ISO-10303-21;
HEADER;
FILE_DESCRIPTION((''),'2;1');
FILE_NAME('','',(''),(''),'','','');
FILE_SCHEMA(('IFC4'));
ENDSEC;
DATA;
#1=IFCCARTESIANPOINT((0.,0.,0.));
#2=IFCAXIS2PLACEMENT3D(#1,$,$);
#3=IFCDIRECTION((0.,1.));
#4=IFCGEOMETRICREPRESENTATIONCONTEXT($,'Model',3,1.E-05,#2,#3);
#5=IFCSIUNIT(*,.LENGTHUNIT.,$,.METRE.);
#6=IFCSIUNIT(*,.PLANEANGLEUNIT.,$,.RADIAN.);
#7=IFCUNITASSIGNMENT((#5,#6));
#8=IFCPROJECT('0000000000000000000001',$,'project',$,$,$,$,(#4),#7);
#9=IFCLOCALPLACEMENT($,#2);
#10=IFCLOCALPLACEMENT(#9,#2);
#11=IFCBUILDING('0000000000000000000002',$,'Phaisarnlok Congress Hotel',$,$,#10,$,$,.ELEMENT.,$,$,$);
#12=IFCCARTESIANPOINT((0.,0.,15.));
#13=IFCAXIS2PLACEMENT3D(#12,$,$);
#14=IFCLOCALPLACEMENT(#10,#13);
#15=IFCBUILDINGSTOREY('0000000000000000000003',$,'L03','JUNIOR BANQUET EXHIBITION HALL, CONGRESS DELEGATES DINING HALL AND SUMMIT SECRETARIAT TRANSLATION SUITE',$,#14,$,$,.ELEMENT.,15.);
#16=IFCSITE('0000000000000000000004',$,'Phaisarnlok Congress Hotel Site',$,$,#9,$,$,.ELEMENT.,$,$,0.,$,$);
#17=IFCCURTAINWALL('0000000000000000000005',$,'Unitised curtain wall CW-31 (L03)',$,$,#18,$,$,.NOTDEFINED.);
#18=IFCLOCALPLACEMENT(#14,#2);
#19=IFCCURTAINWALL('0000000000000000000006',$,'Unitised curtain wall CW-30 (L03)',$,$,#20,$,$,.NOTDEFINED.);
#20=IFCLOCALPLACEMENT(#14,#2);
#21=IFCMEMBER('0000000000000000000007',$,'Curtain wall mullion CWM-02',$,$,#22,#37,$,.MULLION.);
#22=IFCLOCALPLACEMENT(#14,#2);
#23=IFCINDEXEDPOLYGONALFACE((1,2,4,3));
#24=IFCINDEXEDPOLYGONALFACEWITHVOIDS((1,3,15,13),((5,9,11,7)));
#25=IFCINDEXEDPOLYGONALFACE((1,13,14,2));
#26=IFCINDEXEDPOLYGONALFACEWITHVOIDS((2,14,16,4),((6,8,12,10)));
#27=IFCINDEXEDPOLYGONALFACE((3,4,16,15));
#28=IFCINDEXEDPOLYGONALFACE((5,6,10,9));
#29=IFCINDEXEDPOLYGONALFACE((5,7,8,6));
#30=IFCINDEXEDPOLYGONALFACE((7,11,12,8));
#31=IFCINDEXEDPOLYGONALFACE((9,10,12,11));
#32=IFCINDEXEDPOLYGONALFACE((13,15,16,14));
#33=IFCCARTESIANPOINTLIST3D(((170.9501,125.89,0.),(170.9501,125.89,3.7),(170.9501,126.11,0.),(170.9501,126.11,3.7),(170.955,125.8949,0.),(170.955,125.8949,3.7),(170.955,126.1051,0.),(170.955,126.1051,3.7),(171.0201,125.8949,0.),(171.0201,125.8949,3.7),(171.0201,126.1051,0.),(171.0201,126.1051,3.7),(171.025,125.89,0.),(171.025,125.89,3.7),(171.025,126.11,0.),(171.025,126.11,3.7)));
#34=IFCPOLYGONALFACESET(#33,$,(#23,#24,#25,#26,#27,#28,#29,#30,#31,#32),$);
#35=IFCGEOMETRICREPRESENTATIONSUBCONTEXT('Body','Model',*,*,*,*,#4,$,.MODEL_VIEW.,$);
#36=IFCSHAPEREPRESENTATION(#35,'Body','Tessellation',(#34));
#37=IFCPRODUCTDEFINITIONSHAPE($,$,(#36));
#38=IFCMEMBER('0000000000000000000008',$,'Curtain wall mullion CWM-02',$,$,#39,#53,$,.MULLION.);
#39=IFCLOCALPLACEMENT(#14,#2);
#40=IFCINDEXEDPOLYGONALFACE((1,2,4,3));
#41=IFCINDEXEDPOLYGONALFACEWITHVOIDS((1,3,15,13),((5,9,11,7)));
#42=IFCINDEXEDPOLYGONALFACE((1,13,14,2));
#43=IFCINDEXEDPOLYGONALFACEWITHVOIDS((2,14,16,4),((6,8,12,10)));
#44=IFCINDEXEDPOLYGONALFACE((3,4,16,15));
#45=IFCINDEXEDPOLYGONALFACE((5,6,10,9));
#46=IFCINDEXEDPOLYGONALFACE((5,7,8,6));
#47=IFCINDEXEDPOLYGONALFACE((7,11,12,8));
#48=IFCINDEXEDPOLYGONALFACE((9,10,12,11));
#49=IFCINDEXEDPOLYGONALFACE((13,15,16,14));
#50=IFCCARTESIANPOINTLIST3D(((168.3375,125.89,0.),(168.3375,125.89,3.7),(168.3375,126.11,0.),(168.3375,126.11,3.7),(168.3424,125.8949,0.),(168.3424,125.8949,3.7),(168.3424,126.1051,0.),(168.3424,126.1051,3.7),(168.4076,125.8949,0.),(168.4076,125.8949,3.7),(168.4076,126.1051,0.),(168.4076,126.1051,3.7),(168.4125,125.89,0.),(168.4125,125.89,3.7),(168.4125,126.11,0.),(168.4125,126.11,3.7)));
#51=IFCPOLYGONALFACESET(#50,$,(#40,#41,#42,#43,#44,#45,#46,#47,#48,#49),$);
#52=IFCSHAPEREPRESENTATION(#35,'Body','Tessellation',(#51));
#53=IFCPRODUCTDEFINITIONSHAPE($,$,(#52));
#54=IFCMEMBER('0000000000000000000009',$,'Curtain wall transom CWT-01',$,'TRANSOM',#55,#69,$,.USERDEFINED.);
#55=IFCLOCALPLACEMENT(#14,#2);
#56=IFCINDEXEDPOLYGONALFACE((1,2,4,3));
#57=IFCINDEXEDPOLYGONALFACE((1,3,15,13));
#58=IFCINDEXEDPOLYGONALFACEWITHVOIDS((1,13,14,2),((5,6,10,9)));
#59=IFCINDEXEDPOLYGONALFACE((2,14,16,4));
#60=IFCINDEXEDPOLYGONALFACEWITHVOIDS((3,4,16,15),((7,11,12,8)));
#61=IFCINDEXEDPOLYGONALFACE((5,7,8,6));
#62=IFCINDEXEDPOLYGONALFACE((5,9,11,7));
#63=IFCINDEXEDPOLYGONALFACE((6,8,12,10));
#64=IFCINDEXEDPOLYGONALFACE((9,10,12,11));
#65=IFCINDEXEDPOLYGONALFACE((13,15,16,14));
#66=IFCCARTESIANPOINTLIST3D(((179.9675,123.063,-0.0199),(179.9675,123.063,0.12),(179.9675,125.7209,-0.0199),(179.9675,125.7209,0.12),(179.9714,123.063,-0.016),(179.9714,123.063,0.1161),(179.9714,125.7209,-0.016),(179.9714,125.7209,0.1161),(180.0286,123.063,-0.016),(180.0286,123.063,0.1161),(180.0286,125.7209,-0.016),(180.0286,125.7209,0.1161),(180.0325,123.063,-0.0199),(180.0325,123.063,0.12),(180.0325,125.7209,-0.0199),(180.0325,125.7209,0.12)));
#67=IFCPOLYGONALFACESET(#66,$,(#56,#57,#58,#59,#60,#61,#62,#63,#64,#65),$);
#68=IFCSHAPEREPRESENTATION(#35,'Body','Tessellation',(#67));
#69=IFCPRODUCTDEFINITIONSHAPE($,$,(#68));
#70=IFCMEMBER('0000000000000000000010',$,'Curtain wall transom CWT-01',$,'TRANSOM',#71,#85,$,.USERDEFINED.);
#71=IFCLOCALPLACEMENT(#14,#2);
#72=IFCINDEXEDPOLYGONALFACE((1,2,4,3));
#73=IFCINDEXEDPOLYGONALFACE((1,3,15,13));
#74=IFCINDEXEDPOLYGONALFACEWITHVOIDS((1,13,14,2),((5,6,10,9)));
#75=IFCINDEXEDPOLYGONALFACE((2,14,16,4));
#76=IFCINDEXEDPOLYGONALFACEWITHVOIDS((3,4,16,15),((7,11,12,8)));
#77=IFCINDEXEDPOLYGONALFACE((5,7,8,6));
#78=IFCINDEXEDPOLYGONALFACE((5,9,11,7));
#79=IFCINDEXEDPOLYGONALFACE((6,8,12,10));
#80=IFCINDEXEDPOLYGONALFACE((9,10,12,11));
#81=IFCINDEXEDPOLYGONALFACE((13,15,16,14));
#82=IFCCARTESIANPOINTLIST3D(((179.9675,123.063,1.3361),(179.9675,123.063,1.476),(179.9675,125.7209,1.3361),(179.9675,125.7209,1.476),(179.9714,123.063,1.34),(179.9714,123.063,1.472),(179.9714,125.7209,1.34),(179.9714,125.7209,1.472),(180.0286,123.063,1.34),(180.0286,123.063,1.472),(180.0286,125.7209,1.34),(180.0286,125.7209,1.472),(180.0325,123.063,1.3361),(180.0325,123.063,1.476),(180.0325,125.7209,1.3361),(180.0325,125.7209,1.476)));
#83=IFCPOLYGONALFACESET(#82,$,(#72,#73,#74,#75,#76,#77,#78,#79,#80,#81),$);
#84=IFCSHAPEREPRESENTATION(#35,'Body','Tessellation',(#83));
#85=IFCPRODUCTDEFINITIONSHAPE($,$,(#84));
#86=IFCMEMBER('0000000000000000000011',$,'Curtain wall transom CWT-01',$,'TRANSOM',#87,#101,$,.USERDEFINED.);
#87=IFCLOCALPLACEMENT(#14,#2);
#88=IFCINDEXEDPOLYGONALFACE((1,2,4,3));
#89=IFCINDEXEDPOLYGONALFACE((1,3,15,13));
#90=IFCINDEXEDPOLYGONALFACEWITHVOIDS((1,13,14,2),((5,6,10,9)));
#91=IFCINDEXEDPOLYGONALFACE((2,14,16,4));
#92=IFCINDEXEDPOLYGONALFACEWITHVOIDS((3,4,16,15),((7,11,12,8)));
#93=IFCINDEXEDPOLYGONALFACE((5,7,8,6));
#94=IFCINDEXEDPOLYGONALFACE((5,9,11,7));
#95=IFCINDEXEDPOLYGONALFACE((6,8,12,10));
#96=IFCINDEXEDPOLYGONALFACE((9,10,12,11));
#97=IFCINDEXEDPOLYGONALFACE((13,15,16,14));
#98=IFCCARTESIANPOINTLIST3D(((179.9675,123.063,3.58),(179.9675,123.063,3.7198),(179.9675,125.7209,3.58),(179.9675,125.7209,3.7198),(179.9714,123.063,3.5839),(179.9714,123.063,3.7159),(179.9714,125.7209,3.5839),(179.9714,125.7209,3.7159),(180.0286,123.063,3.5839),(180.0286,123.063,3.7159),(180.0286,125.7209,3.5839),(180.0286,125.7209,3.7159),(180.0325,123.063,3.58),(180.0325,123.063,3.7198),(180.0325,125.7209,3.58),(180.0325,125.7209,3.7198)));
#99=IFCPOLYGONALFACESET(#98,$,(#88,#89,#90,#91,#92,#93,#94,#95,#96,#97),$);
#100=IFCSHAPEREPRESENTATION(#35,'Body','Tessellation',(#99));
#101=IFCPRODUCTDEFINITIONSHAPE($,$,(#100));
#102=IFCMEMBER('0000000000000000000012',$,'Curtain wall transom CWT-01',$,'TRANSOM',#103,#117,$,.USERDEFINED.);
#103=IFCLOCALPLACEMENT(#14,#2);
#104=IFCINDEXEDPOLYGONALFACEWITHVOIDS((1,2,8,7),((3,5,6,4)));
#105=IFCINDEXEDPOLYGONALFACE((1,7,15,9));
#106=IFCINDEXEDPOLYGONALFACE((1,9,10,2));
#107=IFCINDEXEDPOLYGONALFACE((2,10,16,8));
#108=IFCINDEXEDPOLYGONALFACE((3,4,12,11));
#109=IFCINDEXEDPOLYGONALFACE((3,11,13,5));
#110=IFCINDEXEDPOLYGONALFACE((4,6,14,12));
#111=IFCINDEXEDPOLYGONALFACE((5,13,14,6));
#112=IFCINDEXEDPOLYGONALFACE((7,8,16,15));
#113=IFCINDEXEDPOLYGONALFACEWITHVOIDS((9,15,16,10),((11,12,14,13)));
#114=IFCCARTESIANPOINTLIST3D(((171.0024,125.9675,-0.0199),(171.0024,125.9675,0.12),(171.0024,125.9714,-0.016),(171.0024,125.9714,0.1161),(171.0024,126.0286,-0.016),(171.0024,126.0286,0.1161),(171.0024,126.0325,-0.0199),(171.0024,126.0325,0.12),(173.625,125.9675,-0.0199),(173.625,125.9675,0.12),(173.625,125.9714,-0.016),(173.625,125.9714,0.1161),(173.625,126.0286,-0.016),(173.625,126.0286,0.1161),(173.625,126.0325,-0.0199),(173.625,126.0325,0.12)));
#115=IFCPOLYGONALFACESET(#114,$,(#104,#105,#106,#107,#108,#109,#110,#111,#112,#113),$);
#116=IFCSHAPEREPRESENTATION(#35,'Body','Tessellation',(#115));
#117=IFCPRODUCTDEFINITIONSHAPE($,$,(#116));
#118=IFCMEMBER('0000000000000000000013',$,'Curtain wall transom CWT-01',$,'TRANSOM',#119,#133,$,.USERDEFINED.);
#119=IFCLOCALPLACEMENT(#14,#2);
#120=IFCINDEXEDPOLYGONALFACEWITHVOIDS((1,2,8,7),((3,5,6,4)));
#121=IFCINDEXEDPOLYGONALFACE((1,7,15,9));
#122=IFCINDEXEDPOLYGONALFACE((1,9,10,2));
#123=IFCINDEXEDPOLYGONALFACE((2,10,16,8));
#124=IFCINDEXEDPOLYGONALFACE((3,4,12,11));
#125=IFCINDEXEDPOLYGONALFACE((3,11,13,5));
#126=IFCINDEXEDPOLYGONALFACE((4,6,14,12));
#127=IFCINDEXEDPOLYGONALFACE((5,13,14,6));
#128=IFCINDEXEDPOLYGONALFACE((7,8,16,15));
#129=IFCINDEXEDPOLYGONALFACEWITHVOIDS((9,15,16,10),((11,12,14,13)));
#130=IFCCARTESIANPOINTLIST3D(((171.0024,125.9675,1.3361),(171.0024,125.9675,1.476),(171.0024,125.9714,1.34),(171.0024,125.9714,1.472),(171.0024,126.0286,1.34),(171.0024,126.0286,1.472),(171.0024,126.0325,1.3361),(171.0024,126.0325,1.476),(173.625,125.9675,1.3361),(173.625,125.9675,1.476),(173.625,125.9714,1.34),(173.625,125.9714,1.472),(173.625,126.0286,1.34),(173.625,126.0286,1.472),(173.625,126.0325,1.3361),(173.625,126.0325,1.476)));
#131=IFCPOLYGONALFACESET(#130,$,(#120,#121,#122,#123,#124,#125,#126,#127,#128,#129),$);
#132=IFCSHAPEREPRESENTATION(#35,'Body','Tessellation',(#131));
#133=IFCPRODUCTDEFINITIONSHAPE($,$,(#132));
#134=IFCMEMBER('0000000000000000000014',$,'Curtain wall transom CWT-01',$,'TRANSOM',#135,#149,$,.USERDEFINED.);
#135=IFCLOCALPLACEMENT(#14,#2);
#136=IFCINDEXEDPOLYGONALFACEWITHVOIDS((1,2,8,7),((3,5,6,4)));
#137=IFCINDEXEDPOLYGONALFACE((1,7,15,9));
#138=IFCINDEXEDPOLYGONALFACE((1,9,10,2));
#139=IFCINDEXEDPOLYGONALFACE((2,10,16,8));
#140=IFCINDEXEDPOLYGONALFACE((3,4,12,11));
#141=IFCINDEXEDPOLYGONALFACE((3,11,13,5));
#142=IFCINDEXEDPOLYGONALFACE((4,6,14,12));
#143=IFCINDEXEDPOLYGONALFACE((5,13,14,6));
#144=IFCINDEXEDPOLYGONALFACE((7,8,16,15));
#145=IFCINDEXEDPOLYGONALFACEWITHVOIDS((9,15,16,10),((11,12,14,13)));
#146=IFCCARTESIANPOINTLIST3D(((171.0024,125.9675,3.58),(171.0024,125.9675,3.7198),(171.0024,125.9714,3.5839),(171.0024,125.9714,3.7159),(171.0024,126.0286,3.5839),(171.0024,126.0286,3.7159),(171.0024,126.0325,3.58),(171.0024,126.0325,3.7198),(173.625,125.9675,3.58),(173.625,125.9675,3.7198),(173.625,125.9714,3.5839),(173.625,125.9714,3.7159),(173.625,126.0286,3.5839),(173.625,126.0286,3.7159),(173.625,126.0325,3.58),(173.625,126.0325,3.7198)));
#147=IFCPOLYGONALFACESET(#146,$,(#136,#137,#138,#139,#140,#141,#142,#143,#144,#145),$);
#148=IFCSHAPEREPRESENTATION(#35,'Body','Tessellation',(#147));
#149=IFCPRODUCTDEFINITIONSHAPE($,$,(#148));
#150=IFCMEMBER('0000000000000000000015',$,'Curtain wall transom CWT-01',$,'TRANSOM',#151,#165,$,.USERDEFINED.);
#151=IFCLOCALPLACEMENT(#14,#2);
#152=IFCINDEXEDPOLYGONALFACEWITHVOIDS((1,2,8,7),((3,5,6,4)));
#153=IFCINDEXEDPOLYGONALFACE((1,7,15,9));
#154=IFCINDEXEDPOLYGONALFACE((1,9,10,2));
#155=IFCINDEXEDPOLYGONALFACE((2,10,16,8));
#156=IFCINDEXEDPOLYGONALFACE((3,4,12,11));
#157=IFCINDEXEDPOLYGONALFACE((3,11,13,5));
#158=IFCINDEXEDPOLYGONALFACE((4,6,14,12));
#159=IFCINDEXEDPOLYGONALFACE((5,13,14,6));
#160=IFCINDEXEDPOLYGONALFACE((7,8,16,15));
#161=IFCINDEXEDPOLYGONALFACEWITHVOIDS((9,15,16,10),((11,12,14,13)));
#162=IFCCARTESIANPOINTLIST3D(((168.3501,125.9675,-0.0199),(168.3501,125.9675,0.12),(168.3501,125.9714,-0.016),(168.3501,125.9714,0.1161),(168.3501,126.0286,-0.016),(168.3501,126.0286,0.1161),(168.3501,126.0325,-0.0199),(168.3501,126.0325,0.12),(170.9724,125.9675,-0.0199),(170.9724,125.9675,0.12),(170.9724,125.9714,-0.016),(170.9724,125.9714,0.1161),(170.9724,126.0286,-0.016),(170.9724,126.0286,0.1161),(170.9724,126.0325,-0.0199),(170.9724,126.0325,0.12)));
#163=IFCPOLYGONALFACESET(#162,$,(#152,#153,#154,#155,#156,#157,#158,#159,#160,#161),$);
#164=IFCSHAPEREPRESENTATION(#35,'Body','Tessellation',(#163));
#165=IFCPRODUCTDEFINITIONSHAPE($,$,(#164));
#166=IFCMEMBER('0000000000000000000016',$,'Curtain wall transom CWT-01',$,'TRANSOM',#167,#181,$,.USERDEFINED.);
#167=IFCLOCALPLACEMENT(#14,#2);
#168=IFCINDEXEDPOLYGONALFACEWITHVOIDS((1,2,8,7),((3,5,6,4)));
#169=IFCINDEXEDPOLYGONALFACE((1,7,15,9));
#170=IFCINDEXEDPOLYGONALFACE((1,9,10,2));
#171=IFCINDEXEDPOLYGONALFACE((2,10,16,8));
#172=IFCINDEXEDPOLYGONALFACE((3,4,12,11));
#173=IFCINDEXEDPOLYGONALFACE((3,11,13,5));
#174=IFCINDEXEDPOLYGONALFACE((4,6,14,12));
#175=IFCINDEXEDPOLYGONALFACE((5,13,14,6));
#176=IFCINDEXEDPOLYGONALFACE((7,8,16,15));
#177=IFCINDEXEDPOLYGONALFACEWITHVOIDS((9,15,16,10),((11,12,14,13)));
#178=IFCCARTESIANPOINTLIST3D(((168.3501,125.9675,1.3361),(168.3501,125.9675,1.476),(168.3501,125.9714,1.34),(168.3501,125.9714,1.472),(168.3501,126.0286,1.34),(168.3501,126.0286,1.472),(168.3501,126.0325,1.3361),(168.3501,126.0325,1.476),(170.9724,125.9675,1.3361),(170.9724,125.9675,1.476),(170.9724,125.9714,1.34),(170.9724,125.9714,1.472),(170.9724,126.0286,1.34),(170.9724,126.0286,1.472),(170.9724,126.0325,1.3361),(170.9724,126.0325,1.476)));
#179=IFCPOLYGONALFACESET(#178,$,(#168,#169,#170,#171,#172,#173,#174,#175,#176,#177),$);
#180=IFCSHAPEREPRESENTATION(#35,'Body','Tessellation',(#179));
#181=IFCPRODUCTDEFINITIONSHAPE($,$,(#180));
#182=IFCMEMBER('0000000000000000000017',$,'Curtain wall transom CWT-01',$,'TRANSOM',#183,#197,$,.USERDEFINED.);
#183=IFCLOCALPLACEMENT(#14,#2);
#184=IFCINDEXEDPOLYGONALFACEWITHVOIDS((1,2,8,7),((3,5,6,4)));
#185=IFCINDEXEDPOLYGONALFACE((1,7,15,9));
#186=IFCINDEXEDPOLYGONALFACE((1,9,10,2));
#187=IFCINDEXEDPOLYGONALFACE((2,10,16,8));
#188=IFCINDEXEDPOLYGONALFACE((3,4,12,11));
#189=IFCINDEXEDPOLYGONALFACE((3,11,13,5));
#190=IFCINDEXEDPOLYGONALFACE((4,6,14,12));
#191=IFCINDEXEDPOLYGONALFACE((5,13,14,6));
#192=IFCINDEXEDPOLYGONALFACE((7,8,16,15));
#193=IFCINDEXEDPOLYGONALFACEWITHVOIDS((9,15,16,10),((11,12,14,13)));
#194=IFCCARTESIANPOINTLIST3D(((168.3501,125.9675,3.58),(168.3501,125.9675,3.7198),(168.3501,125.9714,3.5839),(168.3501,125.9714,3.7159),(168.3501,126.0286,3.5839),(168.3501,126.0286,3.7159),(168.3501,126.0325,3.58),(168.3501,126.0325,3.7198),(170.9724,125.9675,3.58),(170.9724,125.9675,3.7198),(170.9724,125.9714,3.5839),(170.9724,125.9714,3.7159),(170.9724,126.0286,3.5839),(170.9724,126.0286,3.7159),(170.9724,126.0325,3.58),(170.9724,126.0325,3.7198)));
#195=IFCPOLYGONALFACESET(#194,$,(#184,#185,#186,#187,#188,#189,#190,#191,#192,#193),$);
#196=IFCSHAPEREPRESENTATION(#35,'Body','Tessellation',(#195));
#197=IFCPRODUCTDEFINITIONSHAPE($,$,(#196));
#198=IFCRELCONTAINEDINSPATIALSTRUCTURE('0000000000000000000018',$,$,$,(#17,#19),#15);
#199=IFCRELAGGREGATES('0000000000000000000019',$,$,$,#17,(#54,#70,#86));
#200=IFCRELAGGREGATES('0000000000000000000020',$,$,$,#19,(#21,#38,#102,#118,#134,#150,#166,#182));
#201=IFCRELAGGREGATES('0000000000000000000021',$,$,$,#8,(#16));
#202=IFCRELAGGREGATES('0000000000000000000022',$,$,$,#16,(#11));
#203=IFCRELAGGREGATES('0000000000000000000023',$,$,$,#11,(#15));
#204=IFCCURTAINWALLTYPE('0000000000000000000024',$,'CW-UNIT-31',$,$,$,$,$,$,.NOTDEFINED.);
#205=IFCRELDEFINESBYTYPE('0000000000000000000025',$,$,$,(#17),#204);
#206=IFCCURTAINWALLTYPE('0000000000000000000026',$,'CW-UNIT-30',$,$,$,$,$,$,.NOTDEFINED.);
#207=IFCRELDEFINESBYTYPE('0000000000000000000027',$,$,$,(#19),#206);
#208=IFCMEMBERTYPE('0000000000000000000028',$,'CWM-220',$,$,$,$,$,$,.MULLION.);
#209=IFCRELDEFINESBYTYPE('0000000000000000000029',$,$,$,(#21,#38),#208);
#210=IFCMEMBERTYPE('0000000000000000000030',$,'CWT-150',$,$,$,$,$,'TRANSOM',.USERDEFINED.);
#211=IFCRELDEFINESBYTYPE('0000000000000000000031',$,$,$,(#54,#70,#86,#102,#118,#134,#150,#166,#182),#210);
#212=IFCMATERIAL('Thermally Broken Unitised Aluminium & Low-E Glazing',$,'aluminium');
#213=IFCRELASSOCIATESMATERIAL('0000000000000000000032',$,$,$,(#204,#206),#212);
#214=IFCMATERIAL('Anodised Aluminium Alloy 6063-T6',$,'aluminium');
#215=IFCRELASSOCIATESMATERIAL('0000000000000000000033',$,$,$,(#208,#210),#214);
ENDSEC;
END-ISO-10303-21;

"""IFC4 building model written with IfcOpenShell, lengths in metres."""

from ifc_helpers import new_model, si_unit, direction, frame, origin, origin_2d, place, context, subcontext, project, spatial, hollow_rectangle, extrude, material, material_profile, profile_set, type_object, element, aggregate, save


model = new_model("IFC4")

# Units and contexts
model_context = context("Model", 3, precision=1e-05, world=origin(), true_north=direction((0.0, 1.0)))
body_context = subcontext(model_context, "Body", "Model", "MODEL_VIEW")
ifc_project = project(units=[si_unit("LENGTHUNIT", "METRE"), si_unit("PLANEANGLEUNIT", "RADIAN")], contexts=[model_context])

# Site, building, storey
site_placement = place(None, origin())
site = spatial("IfcSite", under=ifc_project, at=site_placement, Name="Phaisarnlok Congress Hotel Site", CompositionType="ELEMENT", RefElevation=0.0)
building_placement = place(site_placement, origin())
building = spatial("IfcBuilding", under=site, at=building_placement, Name="Phaisarnlok Congress Hotel", CompositionType="ELEMENT")
storey_placement = place(building_placement, frame((0.0, 0.0, 15.0)))
storey = spatial("IfcBuildingStorey", under=building, at=storey_placement, Name="L03", Description="JUNIOR BANQUET EXHIBITION HALL, CONGRESS DELEGATES DINING HALL AND SUMMIT SECRETARIAT TRANSLATION SUITE", CompositionType="ELEMENT", Elevation=15.0)

# Curtain walls, members
ifc_material_1 = material(Name="Thermally Broken Unitised Aluminium & Low-E Glazing", Category="aluminium")
curtain_wall_type_1 = type_object("IfcCurtainWallType", Name="CW-UNIT-31", PredefinedType="NOTDEFINED", material=ifc_material_1)
curtain_wall_1_placement = place(storey_placement, origin())
curtain_wall_1 = element("IfcCurtainWall", 1, at=curtain_wall_1_placement, inside=storey, type_object=curtain_wall_type_1, Name="Unitised curtain wall CW-31 (L03)", PredefinedType="NOTDEFINED")
ifc_material_2 = material(Name="Anodised Aluminium Alloy 6063-T6", Category="aluminium")
ifc_material_profile_1 = material_profile(ifc_material_2, hollow_rectangle(XDim=0.075, YDim=0.22, WallThickness=0.0049, at=origin_2d()), Name="ALU-M 75x220x5")
ifc_profile_set_1 = profile_set([ifc_material_profile_1], Name="Anodised Aluminium Alloy 6063-T6")
member_type_1 = type_object("IfcMemberType", Name="CWM-220", PredefinedType="MULLION", material=ifc_profile_set_1)
curtain_wall_type_2 = type_object("IfcCurtainWallType", Name="CW-UNIT-30", PredefinedType="NOTDEFINED", material=ifc_material_1)
curtain_wall_2_placement = place(storey_placement, origin())
curtain_wall_2 = element("IfcCurtainWall", 2, at=curtain_wall_2_placement, inside=storey, type_object=curtain_wall_type_2, Name="Unitised curtain wall CW-30 (L03)", PredefinedType="NOTDEFINED")
member_1_placement = place(storey_placement, frame((170.9875, 126.0, 0.0), z_axis=(0.0, 0.0, 1.0), x_axis=(-1.0, 0.0, 0.0)))
member_1 = element("IfcMember", 3, at=member_1_placement, type_object=member_type_1, Name="Curtain wall mullion CWM-02", PredefinedType="MULLION", context=body_context, shape_type="SweptSolid", body=[
    extrude(hollow_rectangle(XDim=0.075, YDim=0.22, WallThickness=0.0049, at=origin_2d()), origin(), (0.0, 0.0, 1.0), 3.7),
])
member_2_placement = place(storey_placement, frame((168.375, 126.0, 0.0), z_axis=(0.0, 0.0, 1.0), x_axis=(-1.0, 0.0, 0.0)))
member_2 = element("IfcMember", 4, at=member_2_placement, type_object=member_type_1, Name="Curtain wall mullion CWM-02", PredefinedType="MULLION", context=body_context, shape_type="SweptSolid", body=[
    extrude(hollow_rectangle(XDim=0.075, YDim=0.22, WallThickness=0.0049, at=origin_2d()), origin(), (0.0, 0.0, 1.0), 3.7),
])

# Members
ifc_material_profile_2 = material_profile(ifc_material_2, hollow_rectangle(XDim=0.0649, YDim=0.1399, WallThickness=0.0039, at=origin_2d()), Name="ALU-T 65x140x4")
ifc_profile_set_2 = profile_set([ifc_material_profile_2], Name="Anodised Aluminium Alloy 6063-T6")
member_type_2 = type_object("IfcMemberType", Name="CWT-150", ElementType="TRANSOM", PredefinedType="USERDEFINED", material=ifc_profile_set_2)
member_3_placement = place(storey_placement, frame((180.0, 123.063, 0.05), z_axis=(0.0, 1.0, 0.0), x_axis=(-1.0, 0.0, 0.0)))
member_3 = element("IfcMember", 5, at=member_3_placement, type_object=member_type_2, Name="Curtain wall transom CWT-01", ObjectType="TRANSOM", PredefinedType="USERDEFINED", context=body_context, shape_type="SweptSolid", body=[
    extrude(hollow_rectangle(XDim=0.0649, YDim=0.1399, WallThickness=0.0039, at=origin_2d()), origin(), (0.0, 0.0, 1.0), 2.658),
])
member_4_placement = place(storey_placement, frame((180.0, 123.063, 1.406), z_axis=(0.0, 1.0, 0.0), x_axis=(-1.0, 0.0, 0.0)))
member_4 = element("IfcMember", 6, at=member_4_placement, type_object=member_type_2, Name="Curtain wall transom CWT-01", ObjectType="TRANSOM", PredefinedType="USERDEFINED", context=body_context, shape_type="SweptSolid", body=[
    extrude(hollow_rectangle(XDim=0.0649, YDim=0.1399, WallThickness=0.0039, at=origin_2d()), origin(), (0.0, 0.0, 1.0), 2.658),
])
member_5_placement = place(storey_placement, frame((180.0, 123.063, 3.6499), z_axis=(0.0, 1.0, 0.0), x_axis=(-1.0, 0.0, 0.0)))
member_5 = element("IfcMember", 7, at=member_5_placement, type_object=member_type_2, Name="Curtain wall transom CWT-01", ObjectType="TRANSOM", PredefinedType="USERDEFINED", context=body_context, shape_type="SweptSolid", body=[
    extrude(hollow_rectangle(XDim=0.0649, YDim=0.1399, WallThickness=0.0039, at=origin_2d()), origin(), (0.0, 0.0, 1.0), 2.658),
])
member_6_placement = place(storey_placement, frame((173.625, 126.0, 0.05), z_axis=(-1.0, 0.0, 0.0), x_axis=(0.0, -1.0, 0.0)))
member_6 = element("IfcMember", 8, at=member_6_placement, type_object=member_type_2, Name="Curtain wall transom CWT-01", ObjectType="TRANSOM", PredefinedType="USERDEFINED", context=body_context, shape_type="SweptSolid", body=[
    extrude(hollow_rectangle(XDim=0.0649, YDim=0.1399, WallThickness=0.0039, at=origin_2d()), origin(), (0.0, 0.0, 1.0), 2.6226),
])
member_7_placement = place(storey_placement, frame((173.625, 126.0, 1.406), z_axis=(-1.0, 0.0, 0.0), x_axis=(0.0, -1.0, 0.0)))
member_7 = element("IfcMember", 9, at=member_7_placement, type_object=member_type_2, Name="Curtain wall transom CWT-01", ObjectType="TRANSOM", PredefinedType="USERDEFINED", context=body_context, shape_type="SweptSolid", body=[
    extrude(hollow_rectangle(XDim=0.0649, YDim=0.1399, WallThickness=0.0039, at=origin_2d()), origin(), (0.0, 0.0, 1.0), 2.6226),
])
member_8_placement = place(storey_placement, frame((173.625, 126.0, 3.6499), z_axis=(-1.0, 0.0, 0.0), x_axis=(0.0, -1.0, 0.0)))
member_8 = element("IfcMember", 10, at=member_8_placement, type_object=member_type_2, Name="Curtain wall transom CWT-01", ObjectType="TRANSOM", PredefinedType="USERDEFINED", context=body_context, shape_type="SweptSolid", body=[
    extrude(hollow_rectangle(XDim=0.0649, YDim=0.1399, WallThickness=0.0039, at=origin_2d()), origin(), (0.0, 0.0, 1.0), 2.6226),
])
member_9_placement = place(storey_placement, frame((170.9724, 126.0, 0.05), z_axis=(-1.0, 0.0, 0.0), x_axis=(0.0, -1.0, 0.0)))
member_9 = element("IfcMember", 11, at=member_9_placement, type_object=member_type_2, Name="Curtain wall transom CWT-01", ObjectType="TRANSOM", PredefinedType="USERDEFINED", context=body_context, shape_type="SweptSolid", body=[
    extrude(hollow_rectangle(XDim=0.0649, YDim=0.1399, WallThickness=0.0039, at=origin_2d()), origin(), (0.0, 0.0, 1.0), 2.6223),
])
member_10_placement = place(storey_placement, frame((170.9724, 126.0, 1.406), z_axis=(-1.0, 0.0, 0.0), x_axis=(0.0, -1.0, 0.0)))
member_10 = element("IfcMember", 12, at=member_10_placement, type_object=member_type_2, Name="Curtain wall transom CWT-01", ObjectType="TRANSOM", PredefinedType="USERDEFINED", context=body_context, shape_type="SweptSolid", body=[
    extrude(hollow_rectangle(XDim=0.0649, YDim=0.1399, WallThickness=0.0039, at=origin_2d()), origin(), (0.0, 0.0, 1.0), 2.6223),
])
member_11_placement = place(storey_placement, frame((170.9724, 126.0, 3.6499), z_axis=(-1.0, 0.0, 0.0), x_axis=(0.0, -1.0, 0.0)))
member_11 = element("IfcMember", 13, at=member_11_placement, type_object=member_type_2, Name="Curtain wall transom CWT-01", ObjectType="TRANSOM", PredefinedType="USERDEFINED", context=body_context, shape_type="SweptSolid", body=[
    extrude(hollow_rectangle(XDim=0.0649, YDim=0.1399, WallThickness=0.0039, at=origin_2d()), origin(), (0.0, 0.0, 1.0), 2.6223),
])

aggregate(curtain_wall_1, [member_3, member_4, member_5])
aggregate(curtain_wall_2, [member_1, member_2, member_6, member_7, member_8, member_9, member_10, member_11])

save(model, "model.ifc")
